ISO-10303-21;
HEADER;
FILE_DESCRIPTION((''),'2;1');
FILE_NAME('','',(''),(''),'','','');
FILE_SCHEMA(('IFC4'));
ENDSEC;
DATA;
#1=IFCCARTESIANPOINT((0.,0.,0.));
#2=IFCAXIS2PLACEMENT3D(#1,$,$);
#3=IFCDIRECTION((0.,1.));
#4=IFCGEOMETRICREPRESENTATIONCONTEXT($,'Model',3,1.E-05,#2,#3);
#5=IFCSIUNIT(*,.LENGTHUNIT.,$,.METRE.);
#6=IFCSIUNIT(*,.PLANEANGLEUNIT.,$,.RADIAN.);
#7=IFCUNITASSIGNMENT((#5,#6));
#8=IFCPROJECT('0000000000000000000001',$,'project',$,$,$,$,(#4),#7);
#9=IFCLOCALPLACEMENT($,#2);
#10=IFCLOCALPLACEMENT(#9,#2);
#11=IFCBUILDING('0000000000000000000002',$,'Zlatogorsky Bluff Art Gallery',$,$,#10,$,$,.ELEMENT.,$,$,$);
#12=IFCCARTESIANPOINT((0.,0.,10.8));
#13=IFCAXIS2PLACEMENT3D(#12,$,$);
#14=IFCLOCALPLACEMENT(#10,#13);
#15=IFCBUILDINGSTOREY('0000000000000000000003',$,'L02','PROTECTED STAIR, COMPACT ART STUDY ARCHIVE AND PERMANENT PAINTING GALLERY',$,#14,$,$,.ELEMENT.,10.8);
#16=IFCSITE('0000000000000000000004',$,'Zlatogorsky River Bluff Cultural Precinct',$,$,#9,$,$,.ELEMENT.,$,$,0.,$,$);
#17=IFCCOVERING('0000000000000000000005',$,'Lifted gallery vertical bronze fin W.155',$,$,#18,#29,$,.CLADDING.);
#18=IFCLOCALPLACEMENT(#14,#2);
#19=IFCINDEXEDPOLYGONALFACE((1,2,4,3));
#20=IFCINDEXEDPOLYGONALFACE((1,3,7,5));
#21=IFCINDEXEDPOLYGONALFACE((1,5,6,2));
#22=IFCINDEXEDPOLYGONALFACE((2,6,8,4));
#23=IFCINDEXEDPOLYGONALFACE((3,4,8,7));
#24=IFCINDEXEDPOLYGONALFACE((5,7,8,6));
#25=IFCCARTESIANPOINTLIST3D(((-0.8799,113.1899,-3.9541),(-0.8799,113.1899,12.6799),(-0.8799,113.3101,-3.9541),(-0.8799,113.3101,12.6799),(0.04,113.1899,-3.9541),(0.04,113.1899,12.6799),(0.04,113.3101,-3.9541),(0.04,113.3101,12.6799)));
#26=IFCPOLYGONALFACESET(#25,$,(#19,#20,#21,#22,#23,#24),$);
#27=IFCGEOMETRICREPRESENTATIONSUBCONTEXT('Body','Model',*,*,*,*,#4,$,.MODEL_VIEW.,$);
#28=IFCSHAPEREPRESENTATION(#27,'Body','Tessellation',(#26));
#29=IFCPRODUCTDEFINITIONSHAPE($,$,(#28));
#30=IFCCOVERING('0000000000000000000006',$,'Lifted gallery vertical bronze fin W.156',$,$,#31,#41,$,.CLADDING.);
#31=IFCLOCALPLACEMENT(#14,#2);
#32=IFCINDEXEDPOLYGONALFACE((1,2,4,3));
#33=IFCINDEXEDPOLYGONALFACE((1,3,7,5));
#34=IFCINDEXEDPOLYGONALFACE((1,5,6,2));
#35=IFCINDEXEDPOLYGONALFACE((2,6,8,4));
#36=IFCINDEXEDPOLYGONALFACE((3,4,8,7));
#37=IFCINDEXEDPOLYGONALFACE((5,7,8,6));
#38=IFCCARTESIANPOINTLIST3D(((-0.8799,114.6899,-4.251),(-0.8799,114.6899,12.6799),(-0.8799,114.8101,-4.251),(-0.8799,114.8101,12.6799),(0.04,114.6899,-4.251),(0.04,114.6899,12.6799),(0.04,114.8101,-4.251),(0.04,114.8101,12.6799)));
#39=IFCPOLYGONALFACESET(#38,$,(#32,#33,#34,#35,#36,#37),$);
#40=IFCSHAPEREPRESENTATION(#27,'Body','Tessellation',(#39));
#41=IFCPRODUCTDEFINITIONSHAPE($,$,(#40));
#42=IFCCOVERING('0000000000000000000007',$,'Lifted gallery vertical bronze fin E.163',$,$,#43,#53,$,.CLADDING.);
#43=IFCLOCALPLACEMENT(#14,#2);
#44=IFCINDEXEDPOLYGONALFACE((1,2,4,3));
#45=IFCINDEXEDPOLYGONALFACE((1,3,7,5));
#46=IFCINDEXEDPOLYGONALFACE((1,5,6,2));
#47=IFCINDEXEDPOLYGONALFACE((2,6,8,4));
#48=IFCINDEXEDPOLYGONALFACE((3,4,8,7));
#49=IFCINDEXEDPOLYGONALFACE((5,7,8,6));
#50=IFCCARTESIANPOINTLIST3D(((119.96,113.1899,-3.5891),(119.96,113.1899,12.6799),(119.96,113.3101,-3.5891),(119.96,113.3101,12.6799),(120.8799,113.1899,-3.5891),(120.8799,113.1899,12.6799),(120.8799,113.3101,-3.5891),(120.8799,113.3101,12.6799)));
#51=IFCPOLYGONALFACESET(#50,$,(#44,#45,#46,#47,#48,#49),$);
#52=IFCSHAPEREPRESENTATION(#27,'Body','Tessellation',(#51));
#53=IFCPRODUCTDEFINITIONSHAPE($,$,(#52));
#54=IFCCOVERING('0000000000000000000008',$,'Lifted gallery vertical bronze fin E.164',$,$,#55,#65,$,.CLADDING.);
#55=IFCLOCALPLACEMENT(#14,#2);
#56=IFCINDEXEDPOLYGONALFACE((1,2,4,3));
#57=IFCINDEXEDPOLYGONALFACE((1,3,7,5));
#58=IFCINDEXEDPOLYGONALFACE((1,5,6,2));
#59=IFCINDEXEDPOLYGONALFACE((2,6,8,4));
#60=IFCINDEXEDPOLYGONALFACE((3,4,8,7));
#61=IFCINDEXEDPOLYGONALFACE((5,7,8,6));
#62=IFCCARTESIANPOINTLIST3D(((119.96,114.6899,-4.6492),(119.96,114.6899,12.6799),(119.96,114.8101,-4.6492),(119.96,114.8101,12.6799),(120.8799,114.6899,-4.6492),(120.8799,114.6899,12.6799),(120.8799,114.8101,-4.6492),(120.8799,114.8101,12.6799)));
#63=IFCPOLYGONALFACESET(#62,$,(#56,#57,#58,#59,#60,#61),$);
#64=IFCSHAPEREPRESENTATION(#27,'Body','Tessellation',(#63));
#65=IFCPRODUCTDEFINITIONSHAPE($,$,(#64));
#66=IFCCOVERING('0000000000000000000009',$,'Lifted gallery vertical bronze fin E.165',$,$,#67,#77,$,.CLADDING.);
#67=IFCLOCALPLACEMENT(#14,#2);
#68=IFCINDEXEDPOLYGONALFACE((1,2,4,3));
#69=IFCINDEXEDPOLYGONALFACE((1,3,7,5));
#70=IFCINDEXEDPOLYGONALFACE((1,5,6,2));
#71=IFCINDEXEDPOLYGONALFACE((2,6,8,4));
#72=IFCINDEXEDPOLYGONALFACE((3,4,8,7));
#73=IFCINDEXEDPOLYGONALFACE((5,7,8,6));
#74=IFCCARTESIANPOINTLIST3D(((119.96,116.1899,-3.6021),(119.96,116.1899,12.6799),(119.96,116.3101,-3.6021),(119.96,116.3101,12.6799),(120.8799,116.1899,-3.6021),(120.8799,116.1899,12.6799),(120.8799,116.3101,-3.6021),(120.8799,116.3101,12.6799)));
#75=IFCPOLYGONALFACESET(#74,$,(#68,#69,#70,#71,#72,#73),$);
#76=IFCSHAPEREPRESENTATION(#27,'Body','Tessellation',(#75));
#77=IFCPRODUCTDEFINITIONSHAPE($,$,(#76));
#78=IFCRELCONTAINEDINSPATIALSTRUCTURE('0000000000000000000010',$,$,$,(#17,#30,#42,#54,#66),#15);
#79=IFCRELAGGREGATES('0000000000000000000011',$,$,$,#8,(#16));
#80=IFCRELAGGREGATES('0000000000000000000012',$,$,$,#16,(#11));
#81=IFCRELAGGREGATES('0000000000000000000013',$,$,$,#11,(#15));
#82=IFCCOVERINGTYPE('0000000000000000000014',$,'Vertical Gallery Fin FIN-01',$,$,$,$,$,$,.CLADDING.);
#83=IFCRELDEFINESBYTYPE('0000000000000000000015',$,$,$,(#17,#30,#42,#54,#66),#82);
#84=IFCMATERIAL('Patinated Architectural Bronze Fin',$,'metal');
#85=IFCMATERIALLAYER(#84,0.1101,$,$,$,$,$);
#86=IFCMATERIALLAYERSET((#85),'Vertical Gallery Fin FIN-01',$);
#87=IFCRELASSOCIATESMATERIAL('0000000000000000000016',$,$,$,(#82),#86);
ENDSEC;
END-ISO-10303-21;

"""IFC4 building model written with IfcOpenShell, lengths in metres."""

from ifc_helpers import new_model, si_unit, direction, frame, origin, place, context, subcontext, project, spatial, polyline, outline, extrude, material, layer, layer_set, type_object, element, save


model = new_model("IFC4")

# Units and contexts
model_context = context("Model", 3, precision=1e-05, world=origin(), true_north=direction((0.0, 1.0)))
body_context = subcontext(model_context, "Body", "Model", "MODEL_VIEW")
ifc_project = project(units=[si_unit("LENGTHUNIT", "METRE"), si_unit("PLANEANGLEUNIT", "RADIAN")], contexts=[model_context])

# Site, building, storey
site_placement = place(None, origin())
site = spatial("IfcSite", under=ifc_project, at=site_placement, Name="Zlatogorsky River Bluff Cultural Precinct", CompositionType="ELEMENT", RefElevation=0.0)
building_placement = place(site_placement, origin())
building = spatial("IfcBuilding", under=site, at=building_placement, Name="Zlatogorsky Bluff Art Gallery", CompositionType="ELEMENT")
storey_placement = place(building_placement, frame((0.0, 0.0, 10.8)))
storey = spatial("IfcBuildingStorey", under=building, at=storey_placement, Name="L02", Description="PROTECTED STAIR, COMPACT ART STUDY ARCHIVE AND PERMANENT PAINTING GALLERY", CompositionType="ELEMENT", Elevation=10.8)

# Coverings
ifc_material = material(Name="Patinated Architectural Bronze Fin", Category="metal")
ifc_layer = layer(ifc_material, 0.1101)
ifc_layer_set = layer_set([ifc_layer], Name="Vertical Gallery Fin FIN-01")
covering_type = type_object("IfcCoveringType", Name="Vertical Gallery Fin FIN-01", PredefinedType="CLADDING", material=ifc_layer_set)
covering_1_placement = place(storey_placement, frame((0.0, 0.0, -3.9541)))
element("IfcCovering", 1, at=covering_1_placement, inside=storey, type_object=covering_type, Name="Lifted gallery vertical bronze fin W.155", PredefinedType="CLADDING", context=body_context, shape_type="SweptSolid", body=[
    extrude(outline(polyline([(-0.8799, 113.1899), (0.04, 113.1899), (0.04, 113.3101), (-0.8799, 113.3101), (-0.8799, 113.1899)])), origin(), (0.0, 0.0, 1.0), 16.634),
])
covering_2_placement = place(storey_placement, frame((0.0, 0.0, -4.251)))
element("IfcCovering", 2, at=covering_2_placement, inside=storey, type_object=covering_type, Name="Lifted gallery vertical bronze fin W.156", PredefinedType="CLADDING", context=body_context, shape_type="SweptSolid", body=[
    extrude(outline(polyline([(-0.8799, 114.6899), (0.04, 114.6899), (0.04, 114.8101), (-0.8799, 114.8101), (-0.8799, 114.6899)])), origin(), (0.0, 0.0, 1.0), 16.9309),
])
covering_3_placement = place(storey_placement, frame((0.0, 0.0, -3.5891)))
element("IfcCovering", 3, at=covering_3_placement, inside=storey, type_object=covering_type, Name="Lifted gallery vertical bronze fin E.163", PredefinedType="CLADDING", context=body_context, shape_type="SweptSolid", body=[
    extrude(outline(polyline([(119.96, 113.1899), (120.8799, 113.1899), (120.8799, 113.3101), (119.96, 113.3101), (119.96, 113.1899)])), origin(), (0.0, 0.0, 1.0), 16.269),
])
covering_4_placement = place(storey_placement, frame((0.0, 0.0, -4.6492)))
element("IfcCovering", 4, at=covering_4_placement, inside=storey, type_object=covering_type, Name="Lifted gallery vertical bronze fin E.164", PredefinedType="CLADDING", context=body_context, shape_type="SweptSolid", body=[
    extrude(outline(polyline([(119.96, 114.6899), (120.8799, 114.6899), (120.8799, 114.8101), (119.96, 114.8101), (119.96, 114.6899)])), origin(), (0.0, 0.0, 1.0), 17.3291),
])
covering_5_placement = place(storey_placement, frame((0.0, 0.0, -3.6021)))
element("IfcCovering", 5, at=covering_5_placement, inside=storey, type_object=covering_type, Name="Lifted gallery vertical bronze fin E.165", PredefinedType="CLADDING", context=body_context, shape_type="SweptSolid", body=[
    extrude(outline(polyline([(119.96, 116.1899), (120.8799, 116.1899), (120.8799, 116.3101), (119.96, 116.3101), (119.96, 116.1899)])), origin(), (0.0, 0.0, 1.0), 16.282),
])

save(model, "model.ifc")
